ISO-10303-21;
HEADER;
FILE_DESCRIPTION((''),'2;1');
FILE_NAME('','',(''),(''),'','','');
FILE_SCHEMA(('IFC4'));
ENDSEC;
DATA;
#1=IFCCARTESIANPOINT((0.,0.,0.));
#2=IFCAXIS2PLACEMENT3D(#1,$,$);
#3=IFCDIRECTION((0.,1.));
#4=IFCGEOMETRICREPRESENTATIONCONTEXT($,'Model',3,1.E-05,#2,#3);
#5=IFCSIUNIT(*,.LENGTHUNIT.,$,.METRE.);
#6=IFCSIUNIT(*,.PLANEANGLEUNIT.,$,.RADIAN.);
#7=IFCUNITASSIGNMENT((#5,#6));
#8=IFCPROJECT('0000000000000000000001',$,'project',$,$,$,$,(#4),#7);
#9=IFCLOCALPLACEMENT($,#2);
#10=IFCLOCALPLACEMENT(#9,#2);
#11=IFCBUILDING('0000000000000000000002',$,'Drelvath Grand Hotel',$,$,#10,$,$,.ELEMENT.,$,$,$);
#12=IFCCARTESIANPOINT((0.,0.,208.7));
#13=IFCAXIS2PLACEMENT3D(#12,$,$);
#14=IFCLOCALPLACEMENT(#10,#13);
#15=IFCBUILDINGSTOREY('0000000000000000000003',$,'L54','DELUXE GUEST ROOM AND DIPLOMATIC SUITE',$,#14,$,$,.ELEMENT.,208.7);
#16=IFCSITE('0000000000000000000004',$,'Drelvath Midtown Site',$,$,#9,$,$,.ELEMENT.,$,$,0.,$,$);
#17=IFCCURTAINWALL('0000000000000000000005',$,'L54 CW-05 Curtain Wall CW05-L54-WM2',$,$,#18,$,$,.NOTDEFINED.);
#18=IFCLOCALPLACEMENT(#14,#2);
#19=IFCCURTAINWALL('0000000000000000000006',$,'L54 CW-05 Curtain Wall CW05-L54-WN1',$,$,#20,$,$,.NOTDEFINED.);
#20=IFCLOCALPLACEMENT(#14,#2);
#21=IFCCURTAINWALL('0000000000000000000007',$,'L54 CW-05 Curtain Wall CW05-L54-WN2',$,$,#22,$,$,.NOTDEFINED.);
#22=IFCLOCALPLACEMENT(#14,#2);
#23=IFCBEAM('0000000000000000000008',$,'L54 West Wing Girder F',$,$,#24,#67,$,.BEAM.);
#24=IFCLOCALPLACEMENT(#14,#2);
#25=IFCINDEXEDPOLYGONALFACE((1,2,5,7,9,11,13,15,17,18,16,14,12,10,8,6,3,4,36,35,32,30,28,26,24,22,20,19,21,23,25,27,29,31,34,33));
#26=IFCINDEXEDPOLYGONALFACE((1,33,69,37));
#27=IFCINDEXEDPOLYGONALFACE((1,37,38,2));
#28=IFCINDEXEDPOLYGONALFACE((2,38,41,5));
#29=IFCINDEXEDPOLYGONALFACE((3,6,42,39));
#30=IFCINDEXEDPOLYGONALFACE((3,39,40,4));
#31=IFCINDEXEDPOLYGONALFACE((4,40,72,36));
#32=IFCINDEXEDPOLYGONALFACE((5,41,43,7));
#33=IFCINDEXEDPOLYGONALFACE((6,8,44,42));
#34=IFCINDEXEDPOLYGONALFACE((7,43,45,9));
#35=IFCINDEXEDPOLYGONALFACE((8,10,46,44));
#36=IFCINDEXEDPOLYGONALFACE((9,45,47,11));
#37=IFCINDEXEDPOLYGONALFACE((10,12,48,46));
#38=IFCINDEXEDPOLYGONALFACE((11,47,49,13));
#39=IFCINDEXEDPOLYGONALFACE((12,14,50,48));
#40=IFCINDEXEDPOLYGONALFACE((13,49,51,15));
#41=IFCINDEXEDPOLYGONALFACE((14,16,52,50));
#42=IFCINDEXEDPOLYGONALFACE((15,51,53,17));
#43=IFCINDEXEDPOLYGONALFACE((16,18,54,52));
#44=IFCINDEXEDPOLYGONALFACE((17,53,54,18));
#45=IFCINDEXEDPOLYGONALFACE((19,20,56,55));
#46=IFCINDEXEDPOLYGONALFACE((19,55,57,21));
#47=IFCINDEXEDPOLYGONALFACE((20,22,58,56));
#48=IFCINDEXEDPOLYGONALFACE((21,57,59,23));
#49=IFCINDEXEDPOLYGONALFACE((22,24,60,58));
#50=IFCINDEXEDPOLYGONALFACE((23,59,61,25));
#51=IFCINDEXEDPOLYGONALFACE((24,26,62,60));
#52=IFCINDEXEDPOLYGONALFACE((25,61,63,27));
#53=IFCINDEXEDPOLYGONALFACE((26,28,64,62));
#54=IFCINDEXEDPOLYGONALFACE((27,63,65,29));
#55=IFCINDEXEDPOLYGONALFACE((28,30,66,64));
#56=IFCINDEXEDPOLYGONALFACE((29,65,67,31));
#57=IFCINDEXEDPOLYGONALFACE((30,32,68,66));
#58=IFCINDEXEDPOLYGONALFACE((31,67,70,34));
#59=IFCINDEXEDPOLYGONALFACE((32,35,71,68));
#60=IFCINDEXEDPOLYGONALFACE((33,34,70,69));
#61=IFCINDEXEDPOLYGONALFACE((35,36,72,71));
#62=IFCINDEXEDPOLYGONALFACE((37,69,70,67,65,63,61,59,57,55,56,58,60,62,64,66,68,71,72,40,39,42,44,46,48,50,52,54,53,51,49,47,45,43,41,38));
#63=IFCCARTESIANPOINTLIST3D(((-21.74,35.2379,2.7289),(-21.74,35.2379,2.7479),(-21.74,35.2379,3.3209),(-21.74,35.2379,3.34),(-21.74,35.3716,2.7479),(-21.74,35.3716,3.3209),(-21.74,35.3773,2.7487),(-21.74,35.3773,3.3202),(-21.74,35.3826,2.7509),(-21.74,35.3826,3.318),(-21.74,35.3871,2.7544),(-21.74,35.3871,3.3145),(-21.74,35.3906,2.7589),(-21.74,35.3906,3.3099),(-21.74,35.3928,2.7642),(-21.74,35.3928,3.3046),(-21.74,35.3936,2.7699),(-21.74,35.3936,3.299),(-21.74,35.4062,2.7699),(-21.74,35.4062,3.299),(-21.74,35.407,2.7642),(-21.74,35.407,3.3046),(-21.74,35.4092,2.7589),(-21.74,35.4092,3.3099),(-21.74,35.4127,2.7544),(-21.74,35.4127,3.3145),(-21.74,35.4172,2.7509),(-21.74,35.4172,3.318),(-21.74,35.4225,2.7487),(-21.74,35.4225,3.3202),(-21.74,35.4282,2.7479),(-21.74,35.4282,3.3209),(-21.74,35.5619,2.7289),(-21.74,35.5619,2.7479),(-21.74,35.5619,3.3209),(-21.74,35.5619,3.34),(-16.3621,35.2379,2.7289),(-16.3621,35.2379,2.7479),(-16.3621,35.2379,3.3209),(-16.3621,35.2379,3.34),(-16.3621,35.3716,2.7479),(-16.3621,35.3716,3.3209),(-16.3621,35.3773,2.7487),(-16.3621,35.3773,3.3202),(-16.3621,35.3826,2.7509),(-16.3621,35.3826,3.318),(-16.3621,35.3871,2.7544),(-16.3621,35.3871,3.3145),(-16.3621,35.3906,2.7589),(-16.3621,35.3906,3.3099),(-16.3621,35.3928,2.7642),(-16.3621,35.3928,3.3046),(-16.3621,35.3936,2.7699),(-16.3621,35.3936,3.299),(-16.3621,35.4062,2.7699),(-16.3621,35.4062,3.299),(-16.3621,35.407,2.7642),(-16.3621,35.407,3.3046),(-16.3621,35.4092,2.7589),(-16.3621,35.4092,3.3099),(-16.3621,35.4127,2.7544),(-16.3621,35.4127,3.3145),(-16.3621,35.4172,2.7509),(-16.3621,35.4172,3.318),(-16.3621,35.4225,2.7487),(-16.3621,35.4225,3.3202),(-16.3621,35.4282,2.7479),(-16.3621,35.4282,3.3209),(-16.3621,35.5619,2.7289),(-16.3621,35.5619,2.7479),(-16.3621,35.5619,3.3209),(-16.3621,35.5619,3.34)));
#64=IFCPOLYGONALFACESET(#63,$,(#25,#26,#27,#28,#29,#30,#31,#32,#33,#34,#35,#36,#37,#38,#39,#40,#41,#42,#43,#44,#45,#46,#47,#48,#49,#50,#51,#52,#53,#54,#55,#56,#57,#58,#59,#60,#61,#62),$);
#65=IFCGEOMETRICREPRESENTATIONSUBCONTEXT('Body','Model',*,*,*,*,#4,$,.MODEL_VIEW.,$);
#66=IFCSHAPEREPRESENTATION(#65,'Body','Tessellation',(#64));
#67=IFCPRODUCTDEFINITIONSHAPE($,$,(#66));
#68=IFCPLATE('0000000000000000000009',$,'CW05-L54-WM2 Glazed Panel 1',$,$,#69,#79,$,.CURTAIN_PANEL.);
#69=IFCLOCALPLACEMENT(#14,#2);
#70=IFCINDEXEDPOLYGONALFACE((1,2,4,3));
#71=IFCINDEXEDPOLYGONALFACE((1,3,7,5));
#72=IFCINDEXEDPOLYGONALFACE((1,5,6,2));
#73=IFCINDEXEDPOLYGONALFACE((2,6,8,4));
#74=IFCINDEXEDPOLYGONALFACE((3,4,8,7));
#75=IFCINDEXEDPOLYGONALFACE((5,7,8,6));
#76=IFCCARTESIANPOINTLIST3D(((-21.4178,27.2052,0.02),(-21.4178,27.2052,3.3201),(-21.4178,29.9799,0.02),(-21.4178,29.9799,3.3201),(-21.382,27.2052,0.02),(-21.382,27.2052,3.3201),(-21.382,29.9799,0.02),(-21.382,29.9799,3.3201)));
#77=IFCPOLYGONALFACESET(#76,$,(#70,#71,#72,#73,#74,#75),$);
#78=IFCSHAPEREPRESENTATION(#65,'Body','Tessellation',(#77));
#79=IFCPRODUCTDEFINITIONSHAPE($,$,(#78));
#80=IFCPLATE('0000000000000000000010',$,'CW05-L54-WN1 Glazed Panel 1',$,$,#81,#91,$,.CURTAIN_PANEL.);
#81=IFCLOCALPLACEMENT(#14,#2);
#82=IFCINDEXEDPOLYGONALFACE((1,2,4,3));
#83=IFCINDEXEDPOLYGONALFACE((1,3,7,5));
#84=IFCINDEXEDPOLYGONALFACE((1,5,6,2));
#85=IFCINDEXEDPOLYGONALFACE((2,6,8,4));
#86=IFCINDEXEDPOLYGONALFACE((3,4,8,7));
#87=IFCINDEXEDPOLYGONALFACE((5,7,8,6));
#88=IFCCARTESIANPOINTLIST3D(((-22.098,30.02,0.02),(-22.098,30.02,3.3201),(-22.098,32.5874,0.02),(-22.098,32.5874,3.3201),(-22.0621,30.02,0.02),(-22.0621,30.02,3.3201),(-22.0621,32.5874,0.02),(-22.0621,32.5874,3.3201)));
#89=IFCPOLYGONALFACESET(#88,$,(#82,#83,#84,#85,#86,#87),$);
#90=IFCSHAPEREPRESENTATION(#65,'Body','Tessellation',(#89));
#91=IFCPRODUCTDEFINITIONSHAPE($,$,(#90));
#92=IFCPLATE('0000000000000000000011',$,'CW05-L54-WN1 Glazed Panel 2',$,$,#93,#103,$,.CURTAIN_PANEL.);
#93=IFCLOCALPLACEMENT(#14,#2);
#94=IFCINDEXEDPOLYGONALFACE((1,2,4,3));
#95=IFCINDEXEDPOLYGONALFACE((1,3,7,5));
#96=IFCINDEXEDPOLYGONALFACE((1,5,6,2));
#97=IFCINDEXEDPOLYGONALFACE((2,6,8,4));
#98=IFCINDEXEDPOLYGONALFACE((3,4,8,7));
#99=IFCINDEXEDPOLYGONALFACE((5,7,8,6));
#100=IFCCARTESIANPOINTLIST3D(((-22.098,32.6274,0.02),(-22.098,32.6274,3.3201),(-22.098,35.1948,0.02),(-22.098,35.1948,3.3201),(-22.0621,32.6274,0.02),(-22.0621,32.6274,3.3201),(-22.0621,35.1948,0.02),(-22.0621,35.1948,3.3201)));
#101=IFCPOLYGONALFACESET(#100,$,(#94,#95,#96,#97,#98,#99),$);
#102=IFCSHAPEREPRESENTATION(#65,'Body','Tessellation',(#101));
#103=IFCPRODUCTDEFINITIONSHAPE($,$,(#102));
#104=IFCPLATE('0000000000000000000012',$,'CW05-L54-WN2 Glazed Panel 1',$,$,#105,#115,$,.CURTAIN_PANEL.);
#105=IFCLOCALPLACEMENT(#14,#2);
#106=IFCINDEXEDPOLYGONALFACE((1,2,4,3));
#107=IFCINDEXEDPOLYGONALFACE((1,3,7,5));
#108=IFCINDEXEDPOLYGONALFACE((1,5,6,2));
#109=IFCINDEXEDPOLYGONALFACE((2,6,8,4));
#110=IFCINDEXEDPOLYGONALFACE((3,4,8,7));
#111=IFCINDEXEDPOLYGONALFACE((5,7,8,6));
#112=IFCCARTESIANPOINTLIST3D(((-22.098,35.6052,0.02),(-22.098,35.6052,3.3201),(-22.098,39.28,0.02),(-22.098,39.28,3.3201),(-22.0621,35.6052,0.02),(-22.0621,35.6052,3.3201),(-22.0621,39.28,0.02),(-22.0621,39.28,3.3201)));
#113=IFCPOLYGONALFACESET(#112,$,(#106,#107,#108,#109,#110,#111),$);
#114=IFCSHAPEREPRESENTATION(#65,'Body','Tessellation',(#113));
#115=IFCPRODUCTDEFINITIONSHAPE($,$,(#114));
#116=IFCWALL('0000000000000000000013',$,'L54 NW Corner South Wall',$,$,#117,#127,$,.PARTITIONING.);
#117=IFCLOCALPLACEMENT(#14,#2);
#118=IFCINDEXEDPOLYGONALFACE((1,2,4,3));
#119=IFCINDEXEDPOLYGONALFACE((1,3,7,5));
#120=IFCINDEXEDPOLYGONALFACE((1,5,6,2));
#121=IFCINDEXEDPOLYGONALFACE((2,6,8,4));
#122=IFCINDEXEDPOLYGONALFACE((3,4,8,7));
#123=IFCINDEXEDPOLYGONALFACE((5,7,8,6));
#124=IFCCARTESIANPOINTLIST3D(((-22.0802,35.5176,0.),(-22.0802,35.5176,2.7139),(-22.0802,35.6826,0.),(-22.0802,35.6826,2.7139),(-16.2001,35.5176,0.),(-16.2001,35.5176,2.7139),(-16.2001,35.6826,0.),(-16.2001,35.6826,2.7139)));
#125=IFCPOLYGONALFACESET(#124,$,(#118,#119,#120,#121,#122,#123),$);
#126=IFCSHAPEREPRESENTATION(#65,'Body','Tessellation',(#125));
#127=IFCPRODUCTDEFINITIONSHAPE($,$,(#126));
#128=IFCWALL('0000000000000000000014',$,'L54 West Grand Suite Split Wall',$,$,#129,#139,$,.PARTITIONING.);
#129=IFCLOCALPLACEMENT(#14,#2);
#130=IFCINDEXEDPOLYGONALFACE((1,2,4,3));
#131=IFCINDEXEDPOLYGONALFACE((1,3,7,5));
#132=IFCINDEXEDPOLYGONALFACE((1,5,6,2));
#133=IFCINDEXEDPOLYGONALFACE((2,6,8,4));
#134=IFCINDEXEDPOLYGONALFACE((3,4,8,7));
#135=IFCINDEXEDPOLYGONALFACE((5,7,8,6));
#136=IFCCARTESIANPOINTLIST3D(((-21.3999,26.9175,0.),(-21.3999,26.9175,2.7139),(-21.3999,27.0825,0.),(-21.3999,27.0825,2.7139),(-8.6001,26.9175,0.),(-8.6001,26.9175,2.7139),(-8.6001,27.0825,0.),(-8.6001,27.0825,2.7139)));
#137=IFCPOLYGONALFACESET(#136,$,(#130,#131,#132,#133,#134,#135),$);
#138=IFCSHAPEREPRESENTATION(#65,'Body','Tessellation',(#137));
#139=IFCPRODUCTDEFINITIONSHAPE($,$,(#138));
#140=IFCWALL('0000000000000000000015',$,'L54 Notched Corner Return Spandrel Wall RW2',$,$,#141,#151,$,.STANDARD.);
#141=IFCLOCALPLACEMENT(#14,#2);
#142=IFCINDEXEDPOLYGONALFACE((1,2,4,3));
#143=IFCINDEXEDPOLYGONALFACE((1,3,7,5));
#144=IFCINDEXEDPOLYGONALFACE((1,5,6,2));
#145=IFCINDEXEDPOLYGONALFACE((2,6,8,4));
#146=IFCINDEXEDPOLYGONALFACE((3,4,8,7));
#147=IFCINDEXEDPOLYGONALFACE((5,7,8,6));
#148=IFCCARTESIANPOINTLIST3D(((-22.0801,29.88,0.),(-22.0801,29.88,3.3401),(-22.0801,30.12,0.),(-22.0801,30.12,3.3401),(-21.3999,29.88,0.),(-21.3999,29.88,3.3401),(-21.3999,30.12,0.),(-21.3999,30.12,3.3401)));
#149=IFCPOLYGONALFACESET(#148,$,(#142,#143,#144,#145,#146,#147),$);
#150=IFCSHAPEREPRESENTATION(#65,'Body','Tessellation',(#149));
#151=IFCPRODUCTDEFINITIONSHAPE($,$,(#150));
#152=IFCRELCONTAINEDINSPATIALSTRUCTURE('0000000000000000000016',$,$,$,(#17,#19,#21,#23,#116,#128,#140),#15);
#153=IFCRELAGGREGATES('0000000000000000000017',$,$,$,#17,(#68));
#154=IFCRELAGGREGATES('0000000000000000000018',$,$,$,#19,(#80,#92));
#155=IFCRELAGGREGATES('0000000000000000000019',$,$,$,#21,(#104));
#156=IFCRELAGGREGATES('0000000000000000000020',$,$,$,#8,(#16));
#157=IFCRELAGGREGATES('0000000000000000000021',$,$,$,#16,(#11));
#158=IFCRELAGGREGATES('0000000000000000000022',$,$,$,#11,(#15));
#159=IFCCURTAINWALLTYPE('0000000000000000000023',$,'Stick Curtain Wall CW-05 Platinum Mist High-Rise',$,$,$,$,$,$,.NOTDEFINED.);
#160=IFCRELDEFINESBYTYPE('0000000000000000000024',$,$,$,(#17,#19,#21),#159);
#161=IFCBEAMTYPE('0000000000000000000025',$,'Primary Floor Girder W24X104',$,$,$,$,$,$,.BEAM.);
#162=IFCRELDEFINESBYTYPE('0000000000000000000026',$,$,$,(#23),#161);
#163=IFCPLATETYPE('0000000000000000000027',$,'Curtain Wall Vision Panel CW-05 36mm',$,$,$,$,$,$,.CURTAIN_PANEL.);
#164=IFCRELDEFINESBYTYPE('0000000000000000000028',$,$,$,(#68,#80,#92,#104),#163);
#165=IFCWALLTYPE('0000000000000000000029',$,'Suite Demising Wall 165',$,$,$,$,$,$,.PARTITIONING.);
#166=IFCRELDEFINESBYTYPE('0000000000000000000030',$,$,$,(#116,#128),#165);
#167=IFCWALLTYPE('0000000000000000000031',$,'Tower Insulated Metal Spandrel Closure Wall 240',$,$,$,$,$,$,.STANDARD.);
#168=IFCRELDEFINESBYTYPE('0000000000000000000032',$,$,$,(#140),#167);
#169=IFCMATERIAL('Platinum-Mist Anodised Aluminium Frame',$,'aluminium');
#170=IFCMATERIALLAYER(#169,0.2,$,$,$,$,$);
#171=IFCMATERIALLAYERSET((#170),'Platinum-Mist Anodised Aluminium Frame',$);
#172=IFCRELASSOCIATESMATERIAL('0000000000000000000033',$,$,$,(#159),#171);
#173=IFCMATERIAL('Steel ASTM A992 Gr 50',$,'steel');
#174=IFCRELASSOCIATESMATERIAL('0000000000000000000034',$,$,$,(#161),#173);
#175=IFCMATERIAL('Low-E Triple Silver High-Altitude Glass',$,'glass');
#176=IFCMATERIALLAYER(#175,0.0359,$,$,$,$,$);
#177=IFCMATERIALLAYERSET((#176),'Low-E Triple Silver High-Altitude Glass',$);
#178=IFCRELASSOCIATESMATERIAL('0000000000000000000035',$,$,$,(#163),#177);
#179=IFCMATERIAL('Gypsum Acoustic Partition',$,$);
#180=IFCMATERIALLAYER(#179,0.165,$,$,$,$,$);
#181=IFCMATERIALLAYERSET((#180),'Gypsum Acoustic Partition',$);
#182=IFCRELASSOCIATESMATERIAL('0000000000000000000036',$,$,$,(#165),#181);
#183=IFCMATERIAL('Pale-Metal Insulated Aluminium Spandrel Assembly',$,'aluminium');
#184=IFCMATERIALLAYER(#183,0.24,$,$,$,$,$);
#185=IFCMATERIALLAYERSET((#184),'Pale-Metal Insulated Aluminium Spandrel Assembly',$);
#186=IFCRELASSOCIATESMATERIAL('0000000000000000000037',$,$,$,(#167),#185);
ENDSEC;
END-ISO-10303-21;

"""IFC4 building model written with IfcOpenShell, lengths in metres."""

from ifc_helpers import new_model, si_unit, direction, frame, frame_2d, origin, origin_2d, place, context, subcontext, project, spatial, rectangle, i_section, extrude, material, layer, layer_set, material_profile, profile_set, type_object, element, aggregate, save


model = new_model("IFC4")

# Units and contexts
model_context = context("Model", 3, precision=1e-05, world=origin(), true_north=direction((0.0, 1.0)))
body_context = subcontext(model_context, "Body", "Model", "MODEL_VIEW")
ifc_project = project(units=[si_unit("LENGTHUNIT", "METRE"), si_unit("PLANEANGLEUNIT", "RADIAN")], contexts=[model_context])

# Site, building, storey
site_placement = place(None, origin())
site = spatial("IfcSite", under=ifc_project, at=site_placement, Name="Drelvath Midtown Site", CompositionType="ELEMENT", RefElevation=0.0)
building_placement = place(site_placement, origin())
building = spatial("IfcBuilding", under=site, at=building_placement, Name="Drelvath Grand Hotel", CompositionType="ELEMENT")
storey_placement = place(building_placement, frame((0.0, 0.0, 208.7)))
storey = spatial("IfcBuildingStorey", under=building, at=storey_placement, Name="L54", Description="DELUXE GUEST ROOM AND DIPLOMATIC SUITE", CompositionType="ELEMENT", Elevation=208.7)

# Curtain walls
ifc_material_1 = material(Name="Platinum-Mist Anodised Aluminium Frame", Category="aluminium")
ifc_layer_1 = layer(ifc_material_1, 0.2)
ifc_layer_set_1 = layer_set([ifc_layer_1], Name="Platinum-Mist Anodised Aluminium Frame")
curtain_wall_type = type_object("IfcCurtainWallType", Name="Stick Curtain Wall CW-05 Platinum Mist High-Rise", PredefinedType="NOTDEFINED", material=ifc_layer_set_1)
curtain_wall_1_placement = place(storey_placement, origin())
curtain_wall_1 = element("IfcCurtainWall", 1, at=curtain_wall_1_placement, inside=storey, type_object=curtain_wall_type, Name="L54 CW-05 Curtain Wall CW05-L54-WM2", PredefinedType="NOTDEFINED")
curtain_wall_2_placement = place(storey_placement, origin())
curtain_wall_2 = element("IfcCurtainWall", 2, at=curtain_wall_2_placement, inside=storey, type_object=curtain_wall_type, Name="L54 CW-05 Curtain Wall CW05-L54-WN1", PredefinedType="NOTDEFINED")
curtain_wall_3_placement = place(storey_placement, origin())
curtain_wall_3 = element("IfcCurtainWall", 3, at=curtain_wall_3_placement, inside=storey, type_object=curtain_wall_type, Name="L54 CW-05 Curtain Wall CW05-L54-WN2", PredefinedType="NOTDEFINED")

# Beam
ifc_material_2 = material(Name="Steel ASTM A992 Gr 50", Category="steel")
ifc_material_profile_1 = material_profile(ifc_material_2, i_section(OverallWidth=0.324, OverallDepth=0.6111, WebThickness=0.0127, FlangeThickness=0.019, FilletRadius=0.022, at=origin_2d()), Name="W24X104")
ifc_profile_set_1 = profile_set([ifc_material_profile_1], Name="Steel ASTM A992 Gr 50")
beam_type_1 = type_object("IfcBeamType", Name="Primary Floor Girder W24X104", PredefinedType="BEAM", material=ifc_profile_set_1)
beam_1_placement = place(storey_placement, frame((-21.74, 35.3999, 3.0344), z_axis=(1.0, 0.0, 0.0), x_axis=(0.0, 1.0, 0.0)))
element("IfcBeam", 4, at=beam_1_placement, inside=storey, type_object=beam_type_1, Name="L54 West Wing Girder F", PredefinedType="BEAM", context=body_context, shape_type="SweptSolid", body=[
    extrude(i_section(OverallWidth=0.324, OverallDepth=0.6111, WebThickness=0.0127, FlangeThickness=0.019, FilletRadius=0.022, at=origin_2d()), origin(), (0.0, 0.0, 1.0), 5.3779),
])

# Plates
ifc_material_3 = material(Name="Low-E Triple Silver High-Altitude Glass", Category="glass")
ifc_layer_2 = layer(ifc_material_3, 0.0359)
ifc_layer_set_2 = layer_set([ifc_layer_2], Name="Low-E Triple Silver High-Altitude Glass")
plate_type = type_object("IfcPlateType", Name="Curtain Wall Vision Panel CW-05 36mm", PredefinedType="CURTAIN_PANEL", material=ifc_layer_set_2)
plate_1_placement = place(storey_placement, frame((-21.3999, 28.5925, 0.02), z_axis=(0.0, 0.0, 1.0), x_axis=(0.0, 1.0, 0.0)))
plate_1 = element("IfcPlate", 5, at=plate_1_placement, type_object=plate_type, Name="CW05-L54-WM2 Glazed Panel 1", PredefinedType="CURTAIN_PANEL", context=body_context, shape_type="SweptSolid", body=[
    extrude(rectangle(XDim=2.7747, YDim=0.0359, at=origin_2d()), origin(), (0.0, 0.0, 1.0), 3.3),
])
aggregate(curtain_wall_1, [plate_1])
plate_2_placement = place(storey_placement, frame((-22.0801, 31.3037, 0.02), z_axis=(0.0, 0.0, 1.0), x_axis=(0.0, 1.0, 0.0)))
plate_2 = element("IfcPlate", 6, at=plate_2_placement, type_object=plate_type, Name="CW05-L54-WN1 Glazed Panel 1", PredefinedType="CURTAIN_PANEL", context=body_context, shape_type="SweptSolid", body=[
    extrude(rectangle(XDim=2.5674, YDim=0.0359, at=origin_2d()), origin(), (0.0, 0.0, 1.0), 3.3),
])
plate_3_placement = place(storey_placement, frame((-22.0801, 33.9111, 0.02), z_axis=(0.0, 0.0, 1.0), x_axis=(0.0, 1.0, 0.0)))
plate_3 = element("IfcPlate", 7, at=plate_3_placement, type_object=plate_type, Name="CW05-L54-WN1 Glazed Panel 2", PredefinedType="CURTAIN_PANEL", context=body_context, shape_type="SweptSolid", body=[
    extrude(rectangle(XDim=2.5674, YDim=0.0359, at=origin_2d()), origin(), (0.0, 0.0, 1.0), 3.3),
])
aggregate(curtain_wall_2, [plate_2, plate_3])
plate_4_placement = place(storey_placement, frame((-22.0801, 37.4426, 0.02), z_axis=(0.0, 0.0, 1.0), x_axis=(0.0, 1.0, 0.0)))
plate_4 = element("IfcPlate", 8, at=plate_4_placement, type_object=plate_type, Name="CW05-L54-WN2 Glazed Panel 1", PredefinedType="CURTAIN_PANEL", context=body_context, shape_type="SweptSolid", body=[
    extrude(rectangle(XDim=3.6748, YDim=0.0359, at=origin_2d()), origin(), (0.0, 0.0, 1.0), 3.3),
])
aggregate(curtain_wall_3, [plate_4])

# Walls
ifc_material_4 = material(Name="Gypsum Acoustic Partition")
ifc_layer_3 = layer(ifc_material_4, 0.165)
ifc_layer_set_3 = layer_set([ifc_layer_3], Name="Gypsum Acoustic Partition")
wall_type_1 = type_object("IfcWallType", Name="Suite Demising Wall 165", PredefinedType="PARTITIONING", material=ifc_layer_set_3)
wall_1_placement = place(storey_placement, frame((-22.0801, 35.6001, 0.0), z_axis=(0.0, 0.0, 1.0), x_axis=(1.0, 0.0, 0.0)))
element("IfcWall", 9, at=wall_1_placement, inside=storey, type_object=wall_type_1, Name="L54 NW Corner South Wall", PredefinedType="PARTITIONING", context=body_context, shape_type="SweptSolid", body=[
    extrude(rectangle(XDim=5.8801, YDim=0.165, at=frame_2d((2.9399, 0.0))), origin(), (0.0, 0.0, 1.0), 2.7139),
])
wall_2_placement = place(storey_placement, frame((-21.3999, 27.0, 0.0), z_axis=(0.0, 0.0, 1.0), x_axis=(1.0, 0.0, 0.0)))
element("IfcWall", 10, at=wall_2_placement, inside=storey, type_object=wall_type_1, Name="L54 West Grand Suite Split Wall", PredefinedType="PARTITIONING", context=body_context, shape_type="SweptSolid", body=[
    extrude(rectangle(XDim=12.7998, YDim=0.165, at=frame_2d((6.3999, 0.0))), origin(), (0.0, 0.0, 1.0), 2.7139),
])
ifc_material_5 = material(Name="Pale-Metal Insulated Aluminium Spandrel Assembly", Category="aluminium")
ifc_layer_4 = layer(ifc_material_5, 0.24)
ifc_layer_set_4 = layer_set([ifc_layer_4], Name="Pale-Metal Insulated Aluminium Spandrel Assembly")
wall_type_2 = type_object("IfcWallType", Name="Tower Insulated Metal Spandrel Closure Wall 240", PredefinedType="STANDARD", material=ifc_layer_set_4)
wall_3_placement = place(storey_placement, frame((-21.3999, 30.0, 0.0), z_axis=(0.0, 0.0, 1.0), x_axis=(-1.0, 0.0, 0.0)))
element("IfcWall", 11, at=wall_3_placement, inside=storey, type_object=wall_type_2, Name="L54 Notched Corner Return Spandrel Wall RW2", PredefinedType="STANDARD", context=body_context, shape_type="SweptSolid", body=[
    extrude(rectangle(XDim=0.6802, YDim=0.24, at=frame_2d((0.3401, 0.0))), origin(), (0.0, 0.0, 1.0), 3.3401),
])

save(model, "model.ifc")
